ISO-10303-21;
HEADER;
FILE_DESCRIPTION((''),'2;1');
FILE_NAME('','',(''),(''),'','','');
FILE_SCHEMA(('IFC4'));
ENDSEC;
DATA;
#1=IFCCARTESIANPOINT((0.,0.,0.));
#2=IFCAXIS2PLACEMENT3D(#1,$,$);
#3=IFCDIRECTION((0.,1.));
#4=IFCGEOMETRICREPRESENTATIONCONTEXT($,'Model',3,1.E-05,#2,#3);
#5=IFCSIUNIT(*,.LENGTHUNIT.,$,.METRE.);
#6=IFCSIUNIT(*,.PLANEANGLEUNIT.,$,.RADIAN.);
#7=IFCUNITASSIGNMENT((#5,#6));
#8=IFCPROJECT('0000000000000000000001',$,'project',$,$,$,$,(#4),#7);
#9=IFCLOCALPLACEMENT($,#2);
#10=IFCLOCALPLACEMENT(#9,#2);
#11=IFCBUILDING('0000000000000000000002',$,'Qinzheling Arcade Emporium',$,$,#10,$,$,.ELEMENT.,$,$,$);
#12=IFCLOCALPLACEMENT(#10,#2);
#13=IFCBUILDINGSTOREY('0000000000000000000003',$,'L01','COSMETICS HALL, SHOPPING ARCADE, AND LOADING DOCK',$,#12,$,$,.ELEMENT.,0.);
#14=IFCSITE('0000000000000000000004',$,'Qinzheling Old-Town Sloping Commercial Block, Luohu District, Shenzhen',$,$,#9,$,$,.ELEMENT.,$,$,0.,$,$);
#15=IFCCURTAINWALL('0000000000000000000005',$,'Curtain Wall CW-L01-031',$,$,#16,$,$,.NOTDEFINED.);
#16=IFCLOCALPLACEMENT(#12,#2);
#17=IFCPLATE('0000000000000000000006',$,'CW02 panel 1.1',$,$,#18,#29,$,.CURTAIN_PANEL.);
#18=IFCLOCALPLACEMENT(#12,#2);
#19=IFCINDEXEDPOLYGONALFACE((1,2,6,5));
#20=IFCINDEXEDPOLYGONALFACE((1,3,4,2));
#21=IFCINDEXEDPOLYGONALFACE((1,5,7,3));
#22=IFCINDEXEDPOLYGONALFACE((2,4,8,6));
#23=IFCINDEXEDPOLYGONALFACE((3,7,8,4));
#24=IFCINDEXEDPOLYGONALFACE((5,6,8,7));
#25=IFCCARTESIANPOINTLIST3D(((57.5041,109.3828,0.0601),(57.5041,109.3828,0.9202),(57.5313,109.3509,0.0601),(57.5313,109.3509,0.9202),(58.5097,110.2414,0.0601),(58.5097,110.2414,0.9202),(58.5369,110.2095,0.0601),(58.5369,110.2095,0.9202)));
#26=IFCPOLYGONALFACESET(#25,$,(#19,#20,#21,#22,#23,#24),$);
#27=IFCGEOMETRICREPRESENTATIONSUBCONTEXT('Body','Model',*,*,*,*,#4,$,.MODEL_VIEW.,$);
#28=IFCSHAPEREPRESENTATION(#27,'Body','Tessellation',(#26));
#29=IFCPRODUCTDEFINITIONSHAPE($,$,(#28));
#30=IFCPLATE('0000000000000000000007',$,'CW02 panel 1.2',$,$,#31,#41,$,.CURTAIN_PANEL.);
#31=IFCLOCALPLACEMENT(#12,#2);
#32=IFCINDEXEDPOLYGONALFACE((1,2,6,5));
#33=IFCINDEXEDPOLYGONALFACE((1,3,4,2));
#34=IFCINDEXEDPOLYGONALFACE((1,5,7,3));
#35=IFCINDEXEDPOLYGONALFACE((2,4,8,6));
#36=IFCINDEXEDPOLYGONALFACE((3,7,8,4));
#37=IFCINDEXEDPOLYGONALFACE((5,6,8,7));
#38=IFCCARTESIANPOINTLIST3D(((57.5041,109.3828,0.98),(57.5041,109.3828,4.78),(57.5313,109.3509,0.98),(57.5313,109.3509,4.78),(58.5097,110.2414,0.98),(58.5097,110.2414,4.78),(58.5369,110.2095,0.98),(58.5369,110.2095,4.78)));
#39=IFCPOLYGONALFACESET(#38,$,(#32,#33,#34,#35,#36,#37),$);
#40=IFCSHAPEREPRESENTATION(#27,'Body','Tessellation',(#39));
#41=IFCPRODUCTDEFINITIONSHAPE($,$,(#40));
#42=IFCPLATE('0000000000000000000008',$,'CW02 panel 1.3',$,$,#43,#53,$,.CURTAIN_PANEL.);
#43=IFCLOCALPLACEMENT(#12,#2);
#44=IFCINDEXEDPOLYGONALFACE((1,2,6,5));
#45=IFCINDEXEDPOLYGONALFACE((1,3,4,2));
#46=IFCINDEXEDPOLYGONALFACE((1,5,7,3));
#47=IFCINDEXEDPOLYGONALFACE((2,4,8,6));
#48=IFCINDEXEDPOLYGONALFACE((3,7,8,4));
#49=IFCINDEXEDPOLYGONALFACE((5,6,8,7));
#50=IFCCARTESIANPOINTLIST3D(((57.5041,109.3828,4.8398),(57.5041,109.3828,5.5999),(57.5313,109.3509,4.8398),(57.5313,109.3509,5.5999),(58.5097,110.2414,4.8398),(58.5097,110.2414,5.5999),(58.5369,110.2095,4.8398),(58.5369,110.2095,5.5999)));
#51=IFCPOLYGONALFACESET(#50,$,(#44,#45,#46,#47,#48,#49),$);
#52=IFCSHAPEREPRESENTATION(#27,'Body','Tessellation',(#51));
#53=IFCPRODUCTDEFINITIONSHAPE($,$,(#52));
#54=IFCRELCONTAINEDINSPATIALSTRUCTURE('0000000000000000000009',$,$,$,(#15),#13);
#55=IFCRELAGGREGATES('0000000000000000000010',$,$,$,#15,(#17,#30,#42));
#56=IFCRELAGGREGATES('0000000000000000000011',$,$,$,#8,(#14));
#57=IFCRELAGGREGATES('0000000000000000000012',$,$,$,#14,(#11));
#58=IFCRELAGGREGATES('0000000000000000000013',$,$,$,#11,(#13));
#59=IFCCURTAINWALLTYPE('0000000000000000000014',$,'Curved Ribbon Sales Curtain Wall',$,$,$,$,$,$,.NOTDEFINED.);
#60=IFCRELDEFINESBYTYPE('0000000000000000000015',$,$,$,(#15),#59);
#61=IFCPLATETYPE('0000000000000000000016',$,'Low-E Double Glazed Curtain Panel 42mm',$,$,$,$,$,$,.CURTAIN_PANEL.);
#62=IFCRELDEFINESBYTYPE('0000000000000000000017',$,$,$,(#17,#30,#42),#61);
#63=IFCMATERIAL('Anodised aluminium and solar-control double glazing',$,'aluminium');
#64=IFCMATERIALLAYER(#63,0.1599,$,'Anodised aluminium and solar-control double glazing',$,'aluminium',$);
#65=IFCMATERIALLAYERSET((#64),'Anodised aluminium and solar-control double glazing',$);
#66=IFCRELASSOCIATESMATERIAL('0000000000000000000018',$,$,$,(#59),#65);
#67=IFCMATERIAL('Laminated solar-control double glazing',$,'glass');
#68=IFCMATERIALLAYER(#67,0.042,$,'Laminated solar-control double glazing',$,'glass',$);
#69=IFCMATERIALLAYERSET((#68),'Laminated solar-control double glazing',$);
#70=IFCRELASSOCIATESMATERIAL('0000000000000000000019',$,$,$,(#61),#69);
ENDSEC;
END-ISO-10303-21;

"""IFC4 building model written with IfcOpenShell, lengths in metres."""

from ifc_helpers import new_model, si_unit, direction, frame, origin, origin_2d, place, context, subcontext, project, spatial, rectangle, extrude, material, layer, layer_set, type_object, element, aggregate, save


model = new_model("IFC4")

# Units and contexts
model_context = context("Model", 3, precision=1e-05, world=origin(), true_north=direction((0.0, 1.0)))
body_context = subcontext(model_context, "Body", "Model", "MODEL_VIEW")
ifc_project = project(units=[si_unit("LENGTHUNIT", "METRE"), si_unit("PLANEANGLEUNIT", "RADIAN")], contexts=[model_context])

# Site, building, storey
site_placement = place(None, origin())
site = spatial("IfcSite", under=ifc_project, at=site_placement, Name="Qinzheling Old-Town Sloping Commercial Block, Luohu District, Shenzhen", CompositionType="ELEMENT", RefElevation=0.0)
building_placement = place(site_placement, origin())
building = spatial("IfcBuilding", under=site, at=building_placement, Name="Qinzheling Arcade Emporium", CompositionType="ELEMENT")
storey_placement = place(building_placement, origin())
storey = spatial("IfcBuildingStorey", under=building, at=storey_placement, Name="L01", Description="COSMETICS HALL, SHOPPING ARCADE, AND LOADING DOCK", CompositionType="ELEMENT", Elevation=0.0)

# Shared definitions
ifc_material_1 = material(Name="Anodised aluminium and solar-control double glazing", Category="aluminium")
ifc_layer_1 = layer(ifc_material_1, 0.1599, Name="Anodised aluminium and solar-control double glazing", Category="aluminium")
ifc_layer_set_1 = layer_set([ifc_layer_1], Name="Anodised aluminium and solar-control double glazing")
curtain_wall_type = type_object("IfcCurtainWallType", Name="Curved Ribbon Sales Curtain Wall", PredefinedType="NOTDEFINED", material=ifc_layer_set_1)

# Curtain wall
curtain_wall_1_placement = place(storey_placement, origin())
curtain_wall_1 = element("IfcCurtainWall", 1, at=curtain_wall_1_placement, inside=storey, type_object=curtain_wall_type, Name="Curtain Wall CW-L01-031", PredefinedType="NOTDEFINED")

# Plates
ifc_material_2 = material(Name="Laminated solar-control double glazing", Category="glass")
ifc_layer_2 = layer(ifc_material_2, 0.042, Name="Laminated solar-control double glazing", Category="glass")
ifc_layer_set_2 = layer_set([ifc_layer_2], Name="Laminated solar-control double glazing")
plate_type_1 = type_object("IfcPlateType", Name="Low-E Double Glazed Curtain Panel 42mm", PredefinedType="CURTAIN_PANEL", material=ifc_layer_set_2)
plate_1_placement = place(storey_placement, frame((58.0205, 109.7961, 0.0601), z_axis=(0.0, 0.0, 1.0), x_axis=(0.760505, 0.649332, 0.0)))
plate_1 = element("IfcPlate", 2, at=plate_1_placement, type_object=plate_type_1, Name="CW02 panel 1.1", PredefinedType="CURTAIN_PANEL", context=body_context, shape_type="SweptSolid", body=[
    extrude(rectangle(XDim=1.3223, YDim=0.042, at=origin_2d()), origin(), (0.0, 0.0, 1.0), 0.8601),
])
plate_2_placement = place(storey_placement, frame((58.0205, 109.7961, 0.98), z_axis=(0.0, 0.0, 1.0), x_axis=(0.760505, 0.649332, 0.0)))
plate_2 = element("IfcPlate", 3, at=plate_2_placement, type_object=plate_type_1, Name="CW02 panel 1.2", PredefinedType="CURTAIN_PANEL", context=body_context, shape_type="SweptSolid", body=[
    extrude(rectangle(XDim=1.3223, YDim=0.042, at=origin_2d()), origin(), (0.0, 0.0, 1.0), 3.8),
])
plate_3_placement = place(storey_placement, frame((58.0205, 109.7961, 4.8398), z_axis=(0.0, 0.0, 1.0), x_axis=(0.760505, 0.649332, 0.0)))
plate_3 = element("IfcPlate", 4, at=plate_3_placement, type_object=plate_type_1, Name="CW02 panel 1.3", PredefinedType="CURTAIN_PANEL", context=body_context, shape_type="SweptSolid", body=[
    extrude(rectangle(XDim=1.3223, YDim=0.042, at=origin_2d()), origin(), (0.0, 0.0, 1.0), 0.76),
])
aggregate(curtain_wall_1, [plate_1, plate_2, plate_3])

save(model, "model.ifc")
